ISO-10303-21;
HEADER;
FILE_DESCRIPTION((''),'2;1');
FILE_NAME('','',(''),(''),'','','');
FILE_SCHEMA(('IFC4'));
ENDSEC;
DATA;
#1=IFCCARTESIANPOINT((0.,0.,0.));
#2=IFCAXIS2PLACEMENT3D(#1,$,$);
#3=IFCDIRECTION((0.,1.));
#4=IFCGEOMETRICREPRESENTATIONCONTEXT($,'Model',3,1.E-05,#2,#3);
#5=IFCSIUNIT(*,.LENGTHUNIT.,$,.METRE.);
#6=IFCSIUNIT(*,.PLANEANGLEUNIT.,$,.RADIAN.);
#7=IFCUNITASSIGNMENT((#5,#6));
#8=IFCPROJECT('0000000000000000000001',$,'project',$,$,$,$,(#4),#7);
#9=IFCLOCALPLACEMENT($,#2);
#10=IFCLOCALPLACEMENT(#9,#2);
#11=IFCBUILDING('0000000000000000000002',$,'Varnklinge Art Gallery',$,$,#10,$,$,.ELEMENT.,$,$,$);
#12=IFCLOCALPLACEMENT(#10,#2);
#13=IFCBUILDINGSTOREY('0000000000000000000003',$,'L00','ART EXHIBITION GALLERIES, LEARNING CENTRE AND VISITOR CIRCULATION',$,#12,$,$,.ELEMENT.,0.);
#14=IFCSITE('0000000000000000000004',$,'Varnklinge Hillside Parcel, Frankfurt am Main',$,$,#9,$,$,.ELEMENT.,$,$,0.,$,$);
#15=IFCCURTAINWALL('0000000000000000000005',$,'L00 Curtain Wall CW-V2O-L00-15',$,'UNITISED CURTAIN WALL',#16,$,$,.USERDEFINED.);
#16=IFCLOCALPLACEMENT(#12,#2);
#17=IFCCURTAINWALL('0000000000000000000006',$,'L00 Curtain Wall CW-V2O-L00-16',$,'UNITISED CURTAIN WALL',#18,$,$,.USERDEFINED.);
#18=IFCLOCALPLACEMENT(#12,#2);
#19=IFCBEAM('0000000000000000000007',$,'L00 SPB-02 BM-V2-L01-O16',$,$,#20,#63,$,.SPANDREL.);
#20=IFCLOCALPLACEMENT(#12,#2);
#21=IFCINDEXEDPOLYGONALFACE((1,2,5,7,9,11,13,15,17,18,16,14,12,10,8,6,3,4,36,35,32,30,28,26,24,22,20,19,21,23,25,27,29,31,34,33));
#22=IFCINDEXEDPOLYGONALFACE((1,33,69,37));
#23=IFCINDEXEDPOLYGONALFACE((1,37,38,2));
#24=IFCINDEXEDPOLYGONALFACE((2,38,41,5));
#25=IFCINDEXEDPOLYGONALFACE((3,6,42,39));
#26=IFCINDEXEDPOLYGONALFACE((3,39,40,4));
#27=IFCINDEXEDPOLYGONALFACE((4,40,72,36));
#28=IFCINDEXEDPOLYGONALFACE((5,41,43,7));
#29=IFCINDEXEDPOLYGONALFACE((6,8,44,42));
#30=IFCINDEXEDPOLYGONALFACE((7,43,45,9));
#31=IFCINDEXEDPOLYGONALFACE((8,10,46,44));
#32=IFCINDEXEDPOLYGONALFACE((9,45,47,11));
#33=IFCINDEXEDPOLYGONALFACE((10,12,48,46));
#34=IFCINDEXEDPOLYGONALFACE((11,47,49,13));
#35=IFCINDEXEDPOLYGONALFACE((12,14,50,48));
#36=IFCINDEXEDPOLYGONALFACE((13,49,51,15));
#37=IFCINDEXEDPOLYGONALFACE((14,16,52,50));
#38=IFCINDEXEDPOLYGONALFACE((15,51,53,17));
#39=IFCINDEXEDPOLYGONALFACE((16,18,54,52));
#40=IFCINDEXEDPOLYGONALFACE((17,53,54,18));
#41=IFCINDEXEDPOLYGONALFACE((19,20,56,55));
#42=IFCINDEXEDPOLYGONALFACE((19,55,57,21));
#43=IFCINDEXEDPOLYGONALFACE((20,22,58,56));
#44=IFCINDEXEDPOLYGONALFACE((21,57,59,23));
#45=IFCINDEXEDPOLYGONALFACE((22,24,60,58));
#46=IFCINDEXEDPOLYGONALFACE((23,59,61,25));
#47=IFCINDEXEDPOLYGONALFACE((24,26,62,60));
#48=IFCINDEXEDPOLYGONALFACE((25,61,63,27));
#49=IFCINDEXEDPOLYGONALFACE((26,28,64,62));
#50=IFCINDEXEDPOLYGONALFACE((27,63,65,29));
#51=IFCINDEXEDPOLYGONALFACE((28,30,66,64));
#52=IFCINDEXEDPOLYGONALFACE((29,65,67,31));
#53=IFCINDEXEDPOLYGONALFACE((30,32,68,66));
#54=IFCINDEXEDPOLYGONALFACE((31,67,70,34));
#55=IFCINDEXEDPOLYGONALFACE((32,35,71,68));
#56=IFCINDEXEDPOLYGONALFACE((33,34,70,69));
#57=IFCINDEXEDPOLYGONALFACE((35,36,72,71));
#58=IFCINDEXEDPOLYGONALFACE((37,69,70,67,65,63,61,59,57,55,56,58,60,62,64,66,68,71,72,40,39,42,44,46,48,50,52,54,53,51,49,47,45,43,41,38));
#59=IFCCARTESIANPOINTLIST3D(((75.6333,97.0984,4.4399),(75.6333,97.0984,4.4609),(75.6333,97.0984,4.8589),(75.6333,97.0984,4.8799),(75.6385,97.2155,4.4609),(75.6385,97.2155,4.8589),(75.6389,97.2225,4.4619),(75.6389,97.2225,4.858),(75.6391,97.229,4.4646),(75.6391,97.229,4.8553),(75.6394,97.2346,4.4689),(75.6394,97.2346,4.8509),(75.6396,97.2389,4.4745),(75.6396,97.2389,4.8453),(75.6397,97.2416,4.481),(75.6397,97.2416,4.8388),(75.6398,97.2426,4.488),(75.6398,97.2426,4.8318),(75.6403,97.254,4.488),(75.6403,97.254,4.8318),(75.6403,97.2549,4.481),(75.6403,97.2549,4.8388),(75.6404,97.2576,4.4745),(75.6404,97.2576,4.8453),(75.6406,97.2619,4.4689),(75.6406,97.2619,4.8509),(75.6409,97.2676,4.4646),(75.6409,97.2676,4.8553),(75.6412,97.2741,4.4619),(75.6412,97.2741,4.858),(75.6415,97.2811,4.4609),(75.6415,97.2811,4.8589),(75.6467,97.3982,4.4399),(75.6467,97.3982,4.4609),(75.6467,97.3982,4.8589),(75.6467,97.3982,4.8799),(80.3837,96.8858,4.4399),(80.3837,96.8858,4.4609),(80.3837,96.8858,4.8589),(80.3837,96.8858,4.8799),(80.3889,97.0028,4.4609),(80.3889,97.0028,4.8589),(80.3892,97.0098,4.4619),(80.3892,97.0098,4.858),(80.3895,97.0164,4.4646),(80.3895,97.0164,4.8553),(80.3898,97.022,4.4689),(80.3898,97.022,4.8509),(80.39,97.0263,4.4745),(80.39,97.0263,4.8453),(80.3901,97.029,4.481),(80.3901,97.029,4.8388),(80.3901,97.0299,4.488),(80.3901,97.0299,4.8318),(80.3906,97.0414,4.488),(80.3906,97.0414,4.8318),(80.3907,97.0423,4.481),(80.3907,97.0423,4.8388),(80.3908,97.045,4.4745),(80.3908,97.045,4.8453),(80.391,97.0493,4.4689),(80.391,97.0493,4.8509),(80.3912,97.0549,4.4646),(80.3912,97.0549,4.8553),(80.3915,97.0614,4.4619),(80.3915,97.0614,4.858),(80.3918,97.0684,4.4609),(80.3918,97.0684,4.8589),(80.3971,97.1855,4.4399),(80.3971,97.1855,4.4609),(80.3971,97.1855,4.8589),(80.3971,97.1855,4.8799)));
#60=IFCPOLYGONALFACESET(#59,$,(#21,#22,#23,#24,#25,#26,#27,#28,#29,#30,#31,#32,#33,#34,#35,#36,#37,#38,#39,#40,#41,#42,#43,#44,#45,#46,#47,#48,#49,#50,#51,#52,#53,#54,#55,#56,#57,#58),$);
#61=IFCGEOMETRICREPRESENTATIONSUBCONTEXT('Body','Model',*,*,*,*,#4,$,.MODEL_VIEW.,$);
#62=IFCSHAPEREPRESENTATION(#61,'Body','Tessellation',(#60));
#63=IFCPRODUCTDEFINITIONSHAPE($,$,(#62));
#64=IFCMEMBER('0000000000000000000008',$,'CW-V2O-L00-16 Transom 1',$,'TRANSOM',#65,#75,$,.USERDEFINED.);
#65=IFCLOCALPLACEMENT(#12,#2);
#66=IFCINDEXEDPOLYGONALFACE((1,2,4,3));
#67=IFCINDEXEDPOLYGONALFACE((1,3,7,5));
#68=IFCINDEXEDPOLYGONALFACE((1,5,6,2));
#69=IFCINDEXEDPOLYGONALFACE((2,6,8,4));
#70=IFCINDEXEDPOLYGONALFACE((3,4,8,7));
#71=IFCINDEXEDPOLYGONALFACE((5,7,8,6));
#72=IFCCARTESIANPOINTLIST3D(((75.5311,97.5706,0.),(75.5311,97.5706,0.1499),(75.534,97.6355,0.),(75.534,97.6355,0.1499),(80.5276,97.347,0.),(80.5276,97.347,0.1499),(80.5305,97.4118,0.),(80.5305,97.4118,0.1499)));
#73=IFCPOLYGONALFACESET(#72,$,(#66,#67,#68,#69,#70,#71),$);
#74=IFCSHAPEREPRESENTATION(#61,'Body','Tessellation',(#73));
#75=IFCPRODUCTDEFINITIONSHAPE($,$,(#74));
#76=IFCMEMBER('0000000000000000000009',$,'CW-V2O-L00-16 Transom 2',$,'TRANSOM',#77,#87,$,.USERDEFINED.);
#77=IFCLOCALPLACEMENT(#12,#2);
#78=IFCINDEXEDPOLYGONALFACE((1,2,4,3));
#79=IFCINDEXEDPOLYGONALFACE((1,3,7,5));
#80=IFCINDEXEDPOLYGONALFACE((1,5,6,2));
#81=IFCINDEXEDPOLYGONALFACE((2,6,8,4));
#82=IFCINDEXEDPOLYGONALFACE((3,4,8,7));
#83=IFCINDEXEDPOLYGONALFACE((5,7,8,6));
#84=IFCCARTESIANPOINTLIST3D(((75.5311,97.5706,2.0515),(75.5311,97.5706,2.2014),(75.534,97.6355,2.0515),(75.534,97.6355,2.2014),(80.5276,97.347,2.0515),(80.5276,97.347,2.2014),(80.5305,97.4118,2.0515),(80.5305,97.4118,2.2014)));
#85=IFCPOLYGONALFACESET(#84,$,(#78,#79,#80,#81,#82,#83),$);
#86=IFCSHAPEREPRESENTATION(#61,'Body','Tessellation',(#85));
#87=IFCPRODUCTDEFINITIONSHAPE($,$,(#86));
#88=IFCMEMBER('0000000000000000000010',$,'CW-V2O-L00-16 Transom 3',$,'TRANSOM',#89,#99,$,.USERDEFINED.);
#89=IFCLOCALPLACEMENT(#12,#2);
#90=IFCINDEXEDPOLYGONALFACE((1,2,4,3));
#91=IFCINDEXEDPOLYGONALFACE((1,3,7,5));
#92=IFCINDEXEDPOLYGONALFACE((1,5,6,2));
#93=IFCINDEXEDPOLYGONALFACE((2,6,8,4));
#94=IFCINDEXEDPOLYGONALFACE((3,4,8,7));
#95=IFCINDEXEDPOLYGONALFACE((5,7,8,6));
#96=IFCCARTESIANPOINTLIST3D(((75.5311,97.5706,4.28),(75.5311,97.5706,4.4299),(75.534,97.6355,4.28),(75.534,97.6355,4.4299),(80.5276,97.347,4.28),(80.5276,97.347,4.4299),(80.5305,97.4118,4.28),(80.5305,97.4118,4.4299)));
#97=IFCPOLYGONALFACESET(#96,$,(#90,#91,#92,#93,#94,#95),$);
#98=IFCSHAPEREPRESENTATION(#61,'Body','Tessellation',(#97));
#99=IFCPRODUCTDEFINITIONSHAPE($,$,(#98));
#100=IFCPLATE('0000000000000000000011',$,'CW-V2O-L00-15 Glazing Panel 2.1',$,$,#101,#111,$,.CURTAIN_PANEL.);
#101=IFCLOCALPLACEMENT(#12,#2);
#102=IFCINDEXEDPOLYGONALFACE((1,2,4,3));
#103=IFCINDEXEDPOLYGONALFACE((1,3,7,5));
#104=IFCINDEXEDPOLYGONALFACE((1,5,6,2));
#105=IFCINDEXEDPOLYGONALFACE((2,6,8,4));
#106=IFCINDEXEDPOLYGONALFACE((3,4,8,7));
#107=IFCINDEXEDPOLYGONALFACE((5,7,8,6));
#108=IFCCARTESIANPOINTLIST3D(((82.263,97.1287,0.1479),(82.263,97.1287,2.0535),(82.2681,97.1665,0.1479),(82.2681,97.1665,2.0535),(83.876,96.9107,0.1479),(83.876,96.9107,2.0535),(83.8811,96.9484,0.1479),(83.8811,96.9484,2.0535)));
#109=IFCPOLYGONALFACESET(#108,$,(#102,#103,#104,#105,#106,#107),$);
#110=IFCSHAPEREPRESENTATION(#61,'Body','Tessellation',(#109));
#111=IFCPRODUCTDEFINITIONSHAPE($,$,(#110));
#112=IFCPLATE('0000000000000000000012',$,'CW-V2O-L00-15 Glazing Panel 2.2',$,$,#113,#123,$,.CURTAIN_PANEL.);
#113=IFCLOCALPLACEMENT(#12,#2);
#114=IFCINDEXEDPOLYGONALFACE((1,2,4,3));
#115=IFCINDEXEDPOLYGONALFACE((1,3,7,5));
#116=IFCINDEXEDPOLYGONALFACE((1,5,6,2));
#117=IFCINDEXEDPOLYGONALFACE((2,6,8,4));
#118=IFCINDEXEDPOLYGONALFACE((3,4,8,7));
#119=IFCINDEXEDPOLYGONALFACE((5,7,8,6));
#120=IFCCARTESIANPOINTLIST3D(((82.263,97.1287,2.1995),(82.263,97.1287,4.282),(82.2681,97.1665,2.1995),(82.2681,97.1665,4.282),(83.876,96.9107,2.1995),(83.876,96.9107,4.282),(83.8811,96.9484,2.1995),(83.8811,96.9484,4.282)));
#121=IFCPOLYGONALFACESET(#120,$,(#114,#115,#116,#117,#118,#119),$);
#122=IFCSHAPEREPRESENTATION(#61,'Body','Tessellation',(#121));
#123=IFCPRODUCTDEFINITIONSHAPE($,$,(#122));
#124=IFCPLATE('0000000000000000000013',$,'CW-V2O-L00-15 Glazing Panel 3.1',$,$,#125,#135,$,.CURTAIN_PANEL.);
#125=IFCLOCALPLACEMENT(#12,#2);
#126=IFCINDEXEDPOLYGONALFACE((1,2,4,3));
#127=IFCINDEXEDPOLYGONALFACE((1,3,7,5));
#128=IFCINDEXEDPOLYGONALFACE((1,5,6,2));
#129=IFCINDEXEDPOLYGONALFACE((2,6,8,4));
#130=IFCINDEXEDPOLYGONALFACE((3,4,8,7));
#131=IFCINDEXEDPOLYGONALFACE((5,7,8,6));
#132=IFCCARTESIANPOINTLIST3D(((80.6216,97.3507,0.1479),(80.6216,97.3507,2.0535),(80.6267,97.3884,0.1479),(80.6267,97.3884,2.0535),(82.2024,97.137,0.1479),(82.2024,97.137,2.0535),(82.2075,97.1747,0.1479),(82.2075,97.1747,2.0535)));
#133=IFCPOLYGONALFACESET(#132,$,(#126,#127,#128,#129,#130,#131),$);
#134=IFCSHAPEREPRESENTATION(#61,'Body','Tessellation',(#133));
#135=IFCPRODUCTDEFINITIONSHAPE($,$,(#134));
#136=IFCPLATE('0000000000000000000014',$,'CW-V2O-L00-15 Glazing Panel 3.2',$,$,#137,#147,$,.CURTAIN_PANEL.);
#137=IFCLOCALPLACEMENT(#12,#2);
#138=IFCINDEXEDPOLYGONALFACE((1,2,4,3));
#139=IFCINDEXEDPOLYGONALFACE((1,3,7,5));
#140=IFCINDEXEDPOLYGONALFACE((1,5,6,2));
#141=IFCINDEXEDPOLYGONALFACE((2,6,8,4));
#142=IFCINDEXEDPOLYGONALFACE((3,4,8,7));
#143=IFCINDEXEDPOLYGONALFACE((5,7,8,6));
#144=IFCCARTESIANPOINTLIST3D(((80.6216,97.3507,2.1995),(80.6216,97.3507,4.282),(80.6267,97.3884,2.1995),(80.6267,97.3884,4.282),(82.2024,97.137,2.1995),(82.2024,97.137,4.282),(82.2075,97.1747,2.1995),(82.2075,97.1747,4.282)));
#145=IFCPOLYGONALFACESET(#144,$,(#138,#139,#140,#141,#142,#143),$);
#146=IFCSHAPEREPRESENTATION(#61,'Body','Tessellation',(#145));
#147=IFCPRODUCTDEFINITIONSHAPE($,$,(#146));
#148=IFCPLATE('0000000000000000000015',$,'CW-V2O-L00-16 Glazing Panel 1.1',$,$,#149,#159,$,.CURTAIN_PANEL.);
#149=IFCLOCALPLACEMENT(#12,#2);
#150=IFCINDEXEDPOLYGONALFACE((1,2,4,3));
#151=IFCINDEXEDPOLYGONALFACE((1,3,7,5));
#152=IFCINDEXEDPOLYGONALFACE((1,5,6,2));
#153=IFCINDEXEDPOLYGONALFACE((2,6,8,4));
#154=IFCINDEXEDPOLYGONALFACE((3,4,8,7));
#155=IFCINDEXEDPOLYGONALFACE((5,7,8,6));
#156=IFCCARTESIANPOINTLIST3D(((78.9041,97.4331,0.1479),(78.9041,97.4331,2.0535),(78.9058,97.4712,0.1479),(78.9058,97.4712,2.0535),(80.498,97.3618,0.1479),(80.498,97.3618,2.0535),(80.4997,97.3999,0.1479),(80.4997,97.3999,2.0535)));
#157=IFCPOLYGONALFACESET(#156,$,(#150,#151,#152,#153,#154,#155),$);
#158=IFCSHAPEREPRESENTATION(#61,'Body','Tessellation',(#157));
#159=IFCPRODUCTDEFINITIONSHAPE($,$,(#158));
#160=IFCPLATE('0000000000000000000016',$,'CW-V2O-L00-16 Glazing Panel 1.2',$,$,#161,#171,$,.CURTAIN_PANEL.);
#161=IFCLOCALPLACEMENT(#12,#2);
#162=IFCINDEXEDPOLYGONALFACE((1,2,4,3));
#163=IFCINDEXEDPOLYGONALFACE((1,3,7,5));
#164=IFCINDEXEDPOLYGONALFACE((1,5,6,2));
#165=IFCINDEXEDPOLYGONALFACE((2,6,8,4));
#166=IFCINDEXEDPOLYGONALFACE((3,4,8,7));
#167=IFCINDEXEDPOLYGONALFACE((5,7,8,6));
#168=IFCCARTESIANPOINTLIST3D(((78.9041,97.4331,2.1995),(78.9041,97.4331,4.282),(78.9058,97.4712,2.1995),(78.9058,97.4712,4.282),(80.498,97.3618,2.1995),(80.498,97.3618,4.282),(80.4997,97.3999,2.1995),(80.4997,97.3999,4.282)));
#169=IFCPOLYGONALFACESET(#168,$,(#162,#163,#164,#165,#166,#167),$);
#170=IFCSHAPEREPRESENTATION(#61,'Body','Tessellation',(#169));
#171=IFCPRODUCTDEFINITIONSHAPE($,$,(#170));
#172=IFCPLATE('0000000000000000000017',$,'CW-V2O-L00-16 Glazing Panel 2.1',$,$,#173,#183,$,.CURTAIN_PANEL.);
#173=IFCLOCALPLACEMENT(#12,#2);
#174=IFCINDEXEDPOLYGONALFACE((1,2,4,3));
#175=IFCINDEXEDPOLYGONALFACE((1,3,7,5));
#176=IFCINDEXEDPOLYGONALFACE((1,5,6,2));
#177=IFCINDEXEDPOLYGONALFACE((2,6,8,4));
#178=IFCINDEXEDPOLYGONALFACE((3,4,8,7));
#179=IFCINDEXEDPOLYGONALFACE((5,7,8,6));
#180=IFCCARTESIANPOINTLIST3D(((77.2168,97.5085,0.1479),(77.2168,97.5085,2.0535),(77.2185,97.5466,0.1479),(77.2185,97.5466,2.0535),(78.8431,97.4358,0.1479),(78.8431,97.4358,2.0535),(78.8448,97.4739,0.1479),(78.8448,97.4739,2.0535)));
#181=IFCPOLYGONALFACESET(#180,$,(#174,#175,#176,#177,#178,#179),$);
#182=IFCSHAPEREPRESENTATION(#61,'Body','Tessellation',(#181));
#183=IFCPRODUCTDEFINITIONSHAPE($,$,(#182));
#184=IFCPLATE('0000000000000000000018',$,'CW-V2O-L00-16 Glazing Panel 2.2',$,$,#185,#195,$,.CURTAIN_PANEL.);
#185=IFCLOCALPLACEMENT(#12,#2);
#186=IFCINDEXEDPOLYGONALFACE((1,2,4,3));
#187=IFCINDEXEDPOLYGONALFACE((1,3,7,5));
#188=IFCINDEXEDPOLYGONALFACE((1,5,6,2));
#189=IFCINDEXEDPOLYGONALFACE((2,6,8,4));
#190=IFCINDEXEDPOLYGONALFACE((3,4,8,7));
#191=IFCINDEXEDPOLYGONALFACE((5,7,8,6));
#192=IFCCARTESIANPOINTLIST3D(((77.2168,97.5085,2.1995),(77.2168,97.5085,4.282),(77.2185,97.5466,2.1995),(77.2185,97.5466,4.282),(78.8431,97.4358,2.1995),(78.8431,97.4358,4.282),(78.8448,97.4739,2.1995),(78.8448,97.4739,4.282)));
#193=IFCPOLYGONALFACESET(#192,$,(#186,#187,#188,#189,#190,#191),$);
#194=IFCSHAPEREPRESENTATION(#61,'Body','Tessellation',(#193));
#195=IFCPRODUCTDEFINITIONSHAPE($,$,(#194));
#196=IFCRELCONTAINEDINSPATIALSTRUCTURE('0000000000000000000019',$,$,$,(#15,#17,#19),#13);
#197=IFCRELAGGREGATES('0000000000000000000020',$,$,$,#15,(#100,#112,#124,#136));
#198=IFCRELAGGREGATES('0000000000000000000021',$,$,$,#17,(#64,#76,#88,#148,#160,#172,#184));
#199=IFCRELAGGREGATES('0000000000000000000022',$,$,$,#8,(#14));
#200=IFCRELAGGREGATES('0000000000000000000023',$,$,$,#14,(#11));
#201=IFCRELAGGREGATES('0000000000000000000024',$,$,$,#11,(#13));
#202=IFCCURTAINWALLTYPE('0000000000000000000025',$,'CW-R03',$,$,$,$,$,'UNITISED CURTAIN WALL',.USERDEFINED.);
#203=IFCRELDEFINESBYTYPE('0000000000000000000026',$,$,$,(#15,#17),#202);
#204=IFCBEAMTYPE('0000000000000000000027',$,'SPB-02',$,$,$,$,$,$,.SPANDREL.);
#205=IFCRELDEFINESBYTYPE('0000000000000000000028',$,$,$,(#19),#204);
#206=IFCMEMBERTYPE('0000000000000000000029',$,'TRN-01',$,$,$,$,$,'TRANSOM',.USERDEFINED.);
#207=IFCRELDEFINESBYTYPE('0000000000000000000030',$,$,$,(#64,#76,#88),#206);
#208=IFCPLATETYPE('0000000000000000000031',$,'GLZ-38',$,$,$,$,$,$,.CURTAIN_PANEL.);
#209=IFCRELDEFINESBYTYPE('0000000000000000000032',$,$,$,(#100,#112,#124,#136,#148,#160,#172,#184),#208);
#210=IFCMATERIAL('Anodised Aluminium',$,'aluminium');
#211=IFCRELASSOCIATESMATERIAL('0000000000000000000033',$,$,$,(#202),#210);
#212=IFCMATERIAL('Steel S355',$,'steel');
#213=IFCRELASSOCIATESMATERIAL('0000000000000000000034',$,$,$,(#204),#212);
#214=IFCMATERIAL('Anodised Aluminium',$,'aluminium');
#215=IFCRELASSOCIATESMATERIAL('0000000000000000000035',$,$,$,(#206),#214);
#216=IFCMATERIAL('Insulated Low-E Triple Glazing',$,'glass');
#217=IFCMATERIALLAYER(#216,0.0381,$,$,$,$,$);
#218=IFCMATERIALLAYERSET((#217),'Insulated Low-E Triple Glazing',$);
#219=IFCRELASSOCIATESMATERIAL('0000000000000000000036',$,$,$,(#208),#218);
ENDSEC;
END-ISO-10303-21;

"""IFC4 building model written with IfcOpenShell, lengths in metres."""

from ifc_helpers import new_model, si_unit, direction, frame, origin, origin_2d, place, context, subcontext, project, spatial, rectangle, i_section, extrude, material, layer, layer_set, material_profile, profile_set, type_object, element, aggregate, save


model = new_model("IFC4")

# Units and contexts
model_context = context("Model", 3, precision=1e-05, world=origin(), true_north=direction((0.0, 1.0)))
body_context = subcontext(model_context, "Body", "Model", "MODEL_VIEW")
ifc_project = project(units=[si_unit("LENGTHUNIT", "METRE"), si_unit("PLANEANGLEUNIT", "RADIAN")], contexts=[model_context])

# Site, building, storey
site_placement = place(None, origin())
site = spatial("IfcSite", under=ifc_project, at=site_placement, Name="Varnklinge Hillside Parcel, Frankfurt am Main", CompositionType="ELEMENT", RefElevation=0.0)
building_placement = place(site_placement, origin())
building = spatial("IfcBuilding", under=site, at=building_placement, Name="Varnklinge Art Gallery", CompositionType="ELEMENT")
storey_placement = place(building_placement, origin())
storey = spatial("IfcBuildingStorey", under=building, at=storey_placement, Name="L00", Description="ART EXHIBITION GALLERIES, LEARNING CENTRE AND VISITOR CIRCULATION", CompositionType="ELEMENT", Elevation=0.0)

# Curtain walls
ifc_material_1 = material(Name="Anodised Aluminium", Category="aluminium")
curtain_wall_type = type_object("IfcCurtainWallType", Name="CW-R03", ElementType="UNITISED CURTAIN WALL", PredefinedType="USERDEFINED", material=ifc_material_1)
curtain_wall_1_placement = place(storey_placement, origin())
curtain_wall_1 = element("IfcCurtainWall", 1, at=curtain_wall_1_placement, inside=storey, type_object=curtain_wall_type, Name="L00 Curtain Wall CW-V2O-L00-15", ObjectType="UNITISED CURTAIN WALL", PredefinedType="USERDEFINED")
curtain_wall_2_placement = place(storey_placement, origin())
curtain_wall_2 = element("IfcCurtainWall", 2, at=curtain_wall_2_placement, inside=storey, type_object=curtain_wall_type, Name="L00 Curtain Wall CW-V2O-L00-16", ObjectType="UNITISED CURTAIN WALL", PredefinedType="USERDEFINED")

# Beam
ifc_material_2 = material(Name="Steel S355", Category="steel")
ifc_material_profile_1 = material_profile(ifc_material_2, i_section(OverallWidth=0.3, OverallDepth=0.4399, WebThickness=0.0115, FlangeThickness=0.021, FilletRadius=0.0271, at=origin_2d()), Name="HEA 450")
ifc_profile_set_1 = profile_set([ifc_material_profile_1], Name="Steel S355")
beam_type_1 = type_object("IfcBeamType", Name="SPB-02", PredefinedType="SPANDREL", material=ifc_profile_set_1)
beam_1_placement = place(storey_placement, frame((80.3904, 97.0356, 4.6599), z_axis=(-0.999, 0.044718, 0.0), x_axis=(-0.044718, -0.999, 0.0)))
element("IfcBeam", 3, at=beam_1_placement, inside=storey, type_object=beam_type_1, Name="L00 SPB-02 BM-V2-L01-O16", PredefinedType="SPANDREL", context=body_context, shape_type="SweptSolid", body=[
    extrude(i_section(OverallWidth=0.3, OverallDepth=0.4399, WebThickness=0.0115, FlangeThickness=0.021, FilletRadius=0.0271, at=origin_2d()), origin(), (0.0, 0.0, 1.0), 4.7551),
])

# Members
ifc_material_3 = material(Name="Anodised Aluminium", Category="aluminium")
ifc_material_profile_2 = material_profile(ifc_material_3, rectangle(XDim=0.0649, YDim=0.1499, at=origin_2d()), Name="ALU 65x150")
ifc_profile_set_2 = profile_set([ifc_material_profile_2], Name="Anodised Aluminium")
member_type_1 = type_object("IfcMemberType", Name="TRN-01", ElementType="TRANSOM", PredefinedType="USERDEFINED", material=ifc_profile_set_2)
member_1_placement = place(storey_placement, frame((80.5291, 97.3794, 0.075), z_axis=(-0.999, 0.044712, 0.0), x_axis=(-0.044712, -0.999, 0.0)))
member_1 = element("IfcMember", 4, at=member_1_placement, type_object=member_type_1, Name="CW-V2O-L00-16 Transom 1", ObjectType="TRANSOM", PredefinedType="USERDEFINED", context=body_context, shape_type="SweptSolid", body=[
    extrude(rectangle(XDim=0.0649, YDim=0.1499, at=origin_2d()), origin(), (0.0, 0.0, 1.0), 5.0015),
])
member_2_placement = place(storey_placement, frame((80.5291, 97.3794, 2.1265), z_axis=(-0.999, 0.044712, 0.0), x_axis=(-0.044712, -0.999, 0.0)))
member_2 = element("IfcMember", 5, at=member_2_placement, type_object=member_type_1, Name="CW-V2O-L00-16 Transom 2", ObjectType="TRANSOM", PredefinedType="USERDEFINED", context=body_context, shape_type="SweptSolid", body=[
    extrude(rectangle(XDim=0.0649, YDim=0.1499, at=origin_2d()), origin(), (0.0, 0.0, 1.0), 5.0015),
])
member_3_placement = place(storey_placement, frame((80.5291, 97.3794, 4.355), z_axis=(-0.999, 0.044712, 0.0), x_axis=(-0.044712, -0.999, 0.0)))
member_3 = element("IfcMember", 6, at=member_3_placement, type_object=member_type_1, Name="CW-V2O-L00-16 Transom 3", ObjectType="TRANSOM", PredefinedType="USERDEFINED", context=body_context, shape_type="SweptSolid", body=[
    extrude(rectangle(XDim=0.0649, YDim=0.1499, at=origin_2d()), origin(), (0.0, 0.0, 1.0), 5.0015),
])

# Plates
ifc_material_4 = material(Name="Insulated Low-E Triple Glazing", Category="glass")
ifc_layer = layer(ifc_material_4, 0.0381)
ifc_layer_set = layer_set([ifc_layer], Name="Insulated Low-E Triple Glazing")
plate_type = type_object("IfcPlateType", Name="GLZ-38", PredefinedType="CURTAIN_PANEL", material=ifc_layer_set)
plate_1_placement = place(storey_placement, frame((83.072, 97.0386, 0.1479), z_axis=(0.0, 0.0, 1.0), x_axis=(-0.990983, 0.133986, 0.0)))
plate_1 = element("IfcPlate", 7, at=plate_1_placement, type_object=plate_type, Name="CW-V2O-L00-15 Glazing Panel 2.1", PredefinedType="CURTAIN_PANEL", context=body_context, shape_type="SweptSolid", body=[
    extrude(rectangle(XDim=1.6277, YDim=0.0381, at=origin_2d()), origin(), (0.0, 0.0, 1.0), 1.9055),
])
plate_2_placement = place(storey_placement, frame((83.072, 97.0386, 2.1995), z_axis=(0.0, 0.0, 1.0), x_axis=(-0.990983, 0.133986, 0.0)))
plate_2 = element("IfcPlate", 8, at=plate_2_placement, type_object=plate_type, Name="CW-V2O-L00-15 Glazing Panel 2.2", PredefinedType="CURTAIN_PANEL", context=body_context, shape_type="SweptSolid", body=[
    extrude(rectangle(XDim=1.6277, YDim=0.0381, at=origin_2d()), origin(), (0.0, 0.0, 1.0), 2.0825),
])
plate_3_placement = place(storey_placement, frame((81.4146, 97.2627, 0.1479), z_axis=(0.0, 0.0, 1.0), x_axis=(-0.990983, 0.133986, 0.0)))
plate_3 = element("IfcPlate", 9, at=plate_3_placement, type_object=plate_type, Name="CW-V2O-L00-15 Glazing Panel 3.1", PredefinedType="CURTAIN_PANEL", context=body_context, shape_type="SweptSolid", body=[
    extrude(rectangle(XDim=1.5952, YDim=0.0381, at=origin_2d()), origin(), (0.0, 0.0, 1.0), 1.9055),
])
plate_4_placement = place(storey_placement, frame((81.4146, 97.2627, 2.1995), z_axis=(0.0, 0.0, 1.0), x_axis=(-0.990983, 0.133986, 0.0)))
plate_4 = element("IfcPlate", 10, at=plate_4_placement, type_object=plate_type, Name="CW-V2O-L00-15 Glazing Panel 3.2", PredefinedType="CURTAIN_PANEL", context=body_context, shape_type="SweptSolid", body=[
    extrude(rectangle(XDim=1.5952, YDim=0.0381, at=origin_2d()), origin(), (0.0, 0.0, 1.0), 2.0825),
])
aggregate(curtain_wall_1, [plate_1, plate_2, plate_3, plate_4])
plate_5_placement = place(storey_placement, frame((79.7019, 97.4165, 0.1479), z_axis=(0.0, 0.0, 1.0), x_axis=(-0.999002, 0.044666, 0.0)))
plate_5 = element("IfcPlate", 11, at=plate_5_placement, type_object=plate_type, Name="CW-V2O-L00-16 Glazing Panel 1.1", PredefinedType="CURTAIN_PANEL", context=body_context, shape_type="SweptSolid", body=[
    extrude(rectangle(XDim=1.5955, YDim=0.0381, at=origin_2d()), origin(), (0.0, 0.0, 1.0), 1.9055),
])
plate_6_placement = place(storey_placement, frame((79.7019, 97.4165, 2.1995), z_axis=(0.0, 0.0, 1.0), x_axis=(-0.999002, 0.044666, 0.0)))
plate_6 = element("IfcPlate", 12, at=plate_6_placement, type_object=plate_type, Name="CW-V2O-L00-16 Glazing Panel 1.2", PredefinedType="CURTAIN_PANEL", context=body_context, shape_type="SweptSolid", body=[
    extrude(rectangle(XDim=1.5955, YDim=0.0381, at=origin_2d()), origin(), (0.0, 0.0, 1.0), 2.0825),
])
plate_7_placement = place(storey_placement, frame((78.0308, 97.4912, 0.1479), z_axis=(0.0, 0.0, 1.0), x_axis=(-0.999002, 0.044666, 0.0)))
plate_7 = element("IfcPlate", 13, at=plate_7_placement, type_object=plate_type, Name="CW-V2O-L00-16 Glazing Panel 2.1", PredefinedType="CURTAIN_PANEL", context=body_context, shape_type="SweptSolid", body=[
    extrude(rectangle(XDim=1.6279, YDim=0.0381, at=origin_2d()), origin(), (0.0, 0.0, 1.0), 1.9055),
])
plate_8_placement = place(storey_placement, frame((78.0308, 97.4912, 2.1995), z_axis=(0.0, 0.0, 1.0), x_axis=(-0.999002, 0.044666, 0.0)))
plate_8 = element("IfcPlate", 14, at=plate_8_placement, type_object=plate_type, Name="CW-V2O-L00-16 Glazing Panel 2.2", PredefinedType="CURTAIN_PANEL", context=body_context, shape_type="SweptSolid", body=[
    extrude(rectangle(XDim=1.6279, YDim=0.0381, at=origin_2d()), origin(), (0.0, 0.0, 1.0), 2.0825),
])
aggregate(curtain_wall_2, [member_1, member_2, member_3, plate_5, plate_6, plate_7, plate_8])

save(model, "model.ifc")
